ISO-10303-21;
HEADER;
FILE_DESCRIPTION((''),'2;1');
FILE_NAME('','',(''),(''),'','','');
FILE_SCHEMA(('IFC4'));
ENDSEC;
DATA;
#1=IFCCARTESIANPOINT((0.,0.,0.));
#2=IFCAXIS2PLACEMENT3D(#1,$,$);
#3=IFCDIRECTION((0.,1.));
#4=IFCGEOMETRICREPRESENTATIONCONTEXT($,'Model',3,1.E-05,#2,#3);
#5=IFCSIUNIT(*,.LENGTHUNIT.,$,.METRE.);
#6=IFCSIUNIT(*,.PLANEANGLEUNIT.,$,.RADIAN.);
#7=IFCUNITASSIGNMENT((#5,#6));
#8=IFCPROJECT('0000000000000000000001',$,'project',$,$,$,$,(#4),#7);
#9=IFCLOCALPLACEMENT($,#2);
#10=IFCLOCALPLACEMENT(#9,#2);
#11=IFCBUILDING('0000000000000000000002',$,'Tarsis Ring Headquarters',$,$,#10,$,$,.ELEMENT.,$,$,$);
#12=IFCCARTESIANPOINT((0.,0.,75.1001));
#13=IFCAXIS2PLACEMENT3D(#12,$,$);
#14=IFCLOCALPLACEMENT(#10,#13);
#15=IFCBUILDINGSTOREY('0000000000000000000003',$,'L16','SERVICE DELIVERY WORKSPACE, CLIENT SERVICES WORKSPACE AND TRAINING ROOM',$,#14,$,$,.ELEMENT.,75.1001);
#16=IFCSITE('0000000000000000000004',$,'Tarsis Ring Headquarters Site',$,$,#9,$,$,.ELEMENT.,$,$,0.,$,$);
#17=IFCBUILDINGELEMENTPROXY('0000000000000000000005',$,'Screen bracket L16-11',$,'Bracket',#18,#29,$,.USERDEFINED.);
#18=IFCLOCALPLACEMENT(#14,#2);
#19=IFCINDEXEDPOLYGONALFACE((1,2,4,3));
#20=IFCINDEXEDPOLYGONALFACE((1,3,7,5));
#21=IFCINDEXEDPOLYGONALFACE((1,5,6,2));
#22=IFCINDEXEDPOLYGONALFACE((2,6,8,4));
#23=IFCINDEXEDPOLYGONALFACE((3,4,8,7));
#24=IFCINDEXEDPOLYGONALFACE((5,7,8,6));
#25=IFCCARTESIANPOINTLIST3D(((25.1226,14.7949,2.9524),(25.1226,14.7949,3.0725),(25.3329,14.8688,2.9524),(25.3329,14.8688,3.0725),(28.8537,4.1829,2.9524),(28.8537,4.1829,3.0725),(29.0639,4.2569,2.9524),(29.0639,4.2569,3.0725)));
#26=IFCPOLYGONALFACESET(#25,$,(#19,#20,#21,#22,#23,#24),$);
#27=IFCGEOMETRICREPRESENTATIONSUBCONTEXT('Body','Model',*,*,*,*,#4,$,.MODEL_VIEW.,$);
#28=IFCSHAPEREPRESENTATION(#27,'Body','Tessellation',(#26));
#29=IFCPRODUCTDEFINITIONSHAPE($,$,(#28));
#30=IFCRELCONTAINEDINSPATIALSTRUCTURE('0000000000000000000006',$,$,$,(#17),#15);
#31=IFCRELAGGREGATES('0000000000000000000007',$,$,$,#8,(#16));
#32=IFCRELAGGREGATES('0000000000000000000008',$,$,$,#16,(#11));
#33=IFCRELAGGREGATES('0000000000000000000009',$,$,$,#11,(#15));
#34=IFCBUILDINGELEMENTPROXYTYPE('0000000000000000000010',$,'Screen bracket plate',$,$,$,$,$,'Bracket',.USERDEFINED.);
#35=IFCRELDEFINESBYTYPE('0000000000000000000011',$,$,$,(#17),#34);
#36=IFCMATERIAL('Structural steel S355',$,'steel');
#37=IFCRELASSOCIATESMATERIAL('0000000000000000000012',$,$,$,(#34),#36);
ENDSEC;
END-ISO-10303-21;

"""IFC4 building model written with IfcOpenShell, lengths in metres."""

from ifc_helpers import new_model, si_unit, direction, frame, origin, origin_2d, place, context, subcontext, project, spatial, rectangle, extrude, material, type_object, element, save


model = new_model("IFC4")

# Units and contexts
model_context = context("Model", 3, precision=1e-05, world=origin(), true_north=direction((0.0, 1.0)))
body_context = subcontext(model_context, "Body", "Model", "MODEL_VIEW")
ifc_project = project(units=[si_unit("LENGTHUNIT", "METRE"), si_unit("PLANEANGLEUNIT", "RADIAN")], contexts=[model_context])

# Site, building, storey
site_placement = place(None, origin())
site = spatial("IfcSite", under=ifc_project, at=site_placement, Name="Tarsis Ring Headquarters Site", CompositionType="ELEMENT", RefElevation=0.0)
building_placement = place(site_placement, origin())
building = spatial("IfcBuilding", under=site, at=building_placement, Name="Tarsis Ring Headquarters", CompositionType="ELEMENT")
storey_placement = place(building_placement, frame((0.0, 0.0, 75.1001)))
storey = spatial("IfcBuildingStorey", under=building, at=storey_placement, Name="L16", Description="SERVICE DELIVERY WORKSPACE, CLIENT SERVICES WORKSPACE AND TRAINING ROOM", CompositionType="ELEMENT", Elevation=75.1001)

# Shared definitions
ifc_material_1 = material(Name="Structural steel S355", Category="steel")

# Building element proxy
building_element_proxy_type = type_object("IfcBuildingElementProxyType", Name="Screen bracket plate", ElementType="Bracket", PredefinedType="USERDEFINED", material=ifc_material_1)
proxy_placement = place(storey_placement, frame((27.0933, 9.5259, 2.9524), z_axis=(0.0, 0.0, 1.0), x_axis=(-0.331688, 0.943389, 0.0)))
element("IfcBuildingElementProxy", 1, at=proxy_placement, inside=storey, type_object=building_element_proxy_type, Name="Screen bracket L16-11", ObjectType="Bracket", PredefinedType="USERDEFINED", context=body_context, shape_type="SweptSolid", body=[
    extrude(rectangle(XDim=11.2488, YDim=0.2229, at=origin_2d()), origin(), (0.0, 0.0, 1.0), 0.1201),
])

save(model, "model.ifc")
